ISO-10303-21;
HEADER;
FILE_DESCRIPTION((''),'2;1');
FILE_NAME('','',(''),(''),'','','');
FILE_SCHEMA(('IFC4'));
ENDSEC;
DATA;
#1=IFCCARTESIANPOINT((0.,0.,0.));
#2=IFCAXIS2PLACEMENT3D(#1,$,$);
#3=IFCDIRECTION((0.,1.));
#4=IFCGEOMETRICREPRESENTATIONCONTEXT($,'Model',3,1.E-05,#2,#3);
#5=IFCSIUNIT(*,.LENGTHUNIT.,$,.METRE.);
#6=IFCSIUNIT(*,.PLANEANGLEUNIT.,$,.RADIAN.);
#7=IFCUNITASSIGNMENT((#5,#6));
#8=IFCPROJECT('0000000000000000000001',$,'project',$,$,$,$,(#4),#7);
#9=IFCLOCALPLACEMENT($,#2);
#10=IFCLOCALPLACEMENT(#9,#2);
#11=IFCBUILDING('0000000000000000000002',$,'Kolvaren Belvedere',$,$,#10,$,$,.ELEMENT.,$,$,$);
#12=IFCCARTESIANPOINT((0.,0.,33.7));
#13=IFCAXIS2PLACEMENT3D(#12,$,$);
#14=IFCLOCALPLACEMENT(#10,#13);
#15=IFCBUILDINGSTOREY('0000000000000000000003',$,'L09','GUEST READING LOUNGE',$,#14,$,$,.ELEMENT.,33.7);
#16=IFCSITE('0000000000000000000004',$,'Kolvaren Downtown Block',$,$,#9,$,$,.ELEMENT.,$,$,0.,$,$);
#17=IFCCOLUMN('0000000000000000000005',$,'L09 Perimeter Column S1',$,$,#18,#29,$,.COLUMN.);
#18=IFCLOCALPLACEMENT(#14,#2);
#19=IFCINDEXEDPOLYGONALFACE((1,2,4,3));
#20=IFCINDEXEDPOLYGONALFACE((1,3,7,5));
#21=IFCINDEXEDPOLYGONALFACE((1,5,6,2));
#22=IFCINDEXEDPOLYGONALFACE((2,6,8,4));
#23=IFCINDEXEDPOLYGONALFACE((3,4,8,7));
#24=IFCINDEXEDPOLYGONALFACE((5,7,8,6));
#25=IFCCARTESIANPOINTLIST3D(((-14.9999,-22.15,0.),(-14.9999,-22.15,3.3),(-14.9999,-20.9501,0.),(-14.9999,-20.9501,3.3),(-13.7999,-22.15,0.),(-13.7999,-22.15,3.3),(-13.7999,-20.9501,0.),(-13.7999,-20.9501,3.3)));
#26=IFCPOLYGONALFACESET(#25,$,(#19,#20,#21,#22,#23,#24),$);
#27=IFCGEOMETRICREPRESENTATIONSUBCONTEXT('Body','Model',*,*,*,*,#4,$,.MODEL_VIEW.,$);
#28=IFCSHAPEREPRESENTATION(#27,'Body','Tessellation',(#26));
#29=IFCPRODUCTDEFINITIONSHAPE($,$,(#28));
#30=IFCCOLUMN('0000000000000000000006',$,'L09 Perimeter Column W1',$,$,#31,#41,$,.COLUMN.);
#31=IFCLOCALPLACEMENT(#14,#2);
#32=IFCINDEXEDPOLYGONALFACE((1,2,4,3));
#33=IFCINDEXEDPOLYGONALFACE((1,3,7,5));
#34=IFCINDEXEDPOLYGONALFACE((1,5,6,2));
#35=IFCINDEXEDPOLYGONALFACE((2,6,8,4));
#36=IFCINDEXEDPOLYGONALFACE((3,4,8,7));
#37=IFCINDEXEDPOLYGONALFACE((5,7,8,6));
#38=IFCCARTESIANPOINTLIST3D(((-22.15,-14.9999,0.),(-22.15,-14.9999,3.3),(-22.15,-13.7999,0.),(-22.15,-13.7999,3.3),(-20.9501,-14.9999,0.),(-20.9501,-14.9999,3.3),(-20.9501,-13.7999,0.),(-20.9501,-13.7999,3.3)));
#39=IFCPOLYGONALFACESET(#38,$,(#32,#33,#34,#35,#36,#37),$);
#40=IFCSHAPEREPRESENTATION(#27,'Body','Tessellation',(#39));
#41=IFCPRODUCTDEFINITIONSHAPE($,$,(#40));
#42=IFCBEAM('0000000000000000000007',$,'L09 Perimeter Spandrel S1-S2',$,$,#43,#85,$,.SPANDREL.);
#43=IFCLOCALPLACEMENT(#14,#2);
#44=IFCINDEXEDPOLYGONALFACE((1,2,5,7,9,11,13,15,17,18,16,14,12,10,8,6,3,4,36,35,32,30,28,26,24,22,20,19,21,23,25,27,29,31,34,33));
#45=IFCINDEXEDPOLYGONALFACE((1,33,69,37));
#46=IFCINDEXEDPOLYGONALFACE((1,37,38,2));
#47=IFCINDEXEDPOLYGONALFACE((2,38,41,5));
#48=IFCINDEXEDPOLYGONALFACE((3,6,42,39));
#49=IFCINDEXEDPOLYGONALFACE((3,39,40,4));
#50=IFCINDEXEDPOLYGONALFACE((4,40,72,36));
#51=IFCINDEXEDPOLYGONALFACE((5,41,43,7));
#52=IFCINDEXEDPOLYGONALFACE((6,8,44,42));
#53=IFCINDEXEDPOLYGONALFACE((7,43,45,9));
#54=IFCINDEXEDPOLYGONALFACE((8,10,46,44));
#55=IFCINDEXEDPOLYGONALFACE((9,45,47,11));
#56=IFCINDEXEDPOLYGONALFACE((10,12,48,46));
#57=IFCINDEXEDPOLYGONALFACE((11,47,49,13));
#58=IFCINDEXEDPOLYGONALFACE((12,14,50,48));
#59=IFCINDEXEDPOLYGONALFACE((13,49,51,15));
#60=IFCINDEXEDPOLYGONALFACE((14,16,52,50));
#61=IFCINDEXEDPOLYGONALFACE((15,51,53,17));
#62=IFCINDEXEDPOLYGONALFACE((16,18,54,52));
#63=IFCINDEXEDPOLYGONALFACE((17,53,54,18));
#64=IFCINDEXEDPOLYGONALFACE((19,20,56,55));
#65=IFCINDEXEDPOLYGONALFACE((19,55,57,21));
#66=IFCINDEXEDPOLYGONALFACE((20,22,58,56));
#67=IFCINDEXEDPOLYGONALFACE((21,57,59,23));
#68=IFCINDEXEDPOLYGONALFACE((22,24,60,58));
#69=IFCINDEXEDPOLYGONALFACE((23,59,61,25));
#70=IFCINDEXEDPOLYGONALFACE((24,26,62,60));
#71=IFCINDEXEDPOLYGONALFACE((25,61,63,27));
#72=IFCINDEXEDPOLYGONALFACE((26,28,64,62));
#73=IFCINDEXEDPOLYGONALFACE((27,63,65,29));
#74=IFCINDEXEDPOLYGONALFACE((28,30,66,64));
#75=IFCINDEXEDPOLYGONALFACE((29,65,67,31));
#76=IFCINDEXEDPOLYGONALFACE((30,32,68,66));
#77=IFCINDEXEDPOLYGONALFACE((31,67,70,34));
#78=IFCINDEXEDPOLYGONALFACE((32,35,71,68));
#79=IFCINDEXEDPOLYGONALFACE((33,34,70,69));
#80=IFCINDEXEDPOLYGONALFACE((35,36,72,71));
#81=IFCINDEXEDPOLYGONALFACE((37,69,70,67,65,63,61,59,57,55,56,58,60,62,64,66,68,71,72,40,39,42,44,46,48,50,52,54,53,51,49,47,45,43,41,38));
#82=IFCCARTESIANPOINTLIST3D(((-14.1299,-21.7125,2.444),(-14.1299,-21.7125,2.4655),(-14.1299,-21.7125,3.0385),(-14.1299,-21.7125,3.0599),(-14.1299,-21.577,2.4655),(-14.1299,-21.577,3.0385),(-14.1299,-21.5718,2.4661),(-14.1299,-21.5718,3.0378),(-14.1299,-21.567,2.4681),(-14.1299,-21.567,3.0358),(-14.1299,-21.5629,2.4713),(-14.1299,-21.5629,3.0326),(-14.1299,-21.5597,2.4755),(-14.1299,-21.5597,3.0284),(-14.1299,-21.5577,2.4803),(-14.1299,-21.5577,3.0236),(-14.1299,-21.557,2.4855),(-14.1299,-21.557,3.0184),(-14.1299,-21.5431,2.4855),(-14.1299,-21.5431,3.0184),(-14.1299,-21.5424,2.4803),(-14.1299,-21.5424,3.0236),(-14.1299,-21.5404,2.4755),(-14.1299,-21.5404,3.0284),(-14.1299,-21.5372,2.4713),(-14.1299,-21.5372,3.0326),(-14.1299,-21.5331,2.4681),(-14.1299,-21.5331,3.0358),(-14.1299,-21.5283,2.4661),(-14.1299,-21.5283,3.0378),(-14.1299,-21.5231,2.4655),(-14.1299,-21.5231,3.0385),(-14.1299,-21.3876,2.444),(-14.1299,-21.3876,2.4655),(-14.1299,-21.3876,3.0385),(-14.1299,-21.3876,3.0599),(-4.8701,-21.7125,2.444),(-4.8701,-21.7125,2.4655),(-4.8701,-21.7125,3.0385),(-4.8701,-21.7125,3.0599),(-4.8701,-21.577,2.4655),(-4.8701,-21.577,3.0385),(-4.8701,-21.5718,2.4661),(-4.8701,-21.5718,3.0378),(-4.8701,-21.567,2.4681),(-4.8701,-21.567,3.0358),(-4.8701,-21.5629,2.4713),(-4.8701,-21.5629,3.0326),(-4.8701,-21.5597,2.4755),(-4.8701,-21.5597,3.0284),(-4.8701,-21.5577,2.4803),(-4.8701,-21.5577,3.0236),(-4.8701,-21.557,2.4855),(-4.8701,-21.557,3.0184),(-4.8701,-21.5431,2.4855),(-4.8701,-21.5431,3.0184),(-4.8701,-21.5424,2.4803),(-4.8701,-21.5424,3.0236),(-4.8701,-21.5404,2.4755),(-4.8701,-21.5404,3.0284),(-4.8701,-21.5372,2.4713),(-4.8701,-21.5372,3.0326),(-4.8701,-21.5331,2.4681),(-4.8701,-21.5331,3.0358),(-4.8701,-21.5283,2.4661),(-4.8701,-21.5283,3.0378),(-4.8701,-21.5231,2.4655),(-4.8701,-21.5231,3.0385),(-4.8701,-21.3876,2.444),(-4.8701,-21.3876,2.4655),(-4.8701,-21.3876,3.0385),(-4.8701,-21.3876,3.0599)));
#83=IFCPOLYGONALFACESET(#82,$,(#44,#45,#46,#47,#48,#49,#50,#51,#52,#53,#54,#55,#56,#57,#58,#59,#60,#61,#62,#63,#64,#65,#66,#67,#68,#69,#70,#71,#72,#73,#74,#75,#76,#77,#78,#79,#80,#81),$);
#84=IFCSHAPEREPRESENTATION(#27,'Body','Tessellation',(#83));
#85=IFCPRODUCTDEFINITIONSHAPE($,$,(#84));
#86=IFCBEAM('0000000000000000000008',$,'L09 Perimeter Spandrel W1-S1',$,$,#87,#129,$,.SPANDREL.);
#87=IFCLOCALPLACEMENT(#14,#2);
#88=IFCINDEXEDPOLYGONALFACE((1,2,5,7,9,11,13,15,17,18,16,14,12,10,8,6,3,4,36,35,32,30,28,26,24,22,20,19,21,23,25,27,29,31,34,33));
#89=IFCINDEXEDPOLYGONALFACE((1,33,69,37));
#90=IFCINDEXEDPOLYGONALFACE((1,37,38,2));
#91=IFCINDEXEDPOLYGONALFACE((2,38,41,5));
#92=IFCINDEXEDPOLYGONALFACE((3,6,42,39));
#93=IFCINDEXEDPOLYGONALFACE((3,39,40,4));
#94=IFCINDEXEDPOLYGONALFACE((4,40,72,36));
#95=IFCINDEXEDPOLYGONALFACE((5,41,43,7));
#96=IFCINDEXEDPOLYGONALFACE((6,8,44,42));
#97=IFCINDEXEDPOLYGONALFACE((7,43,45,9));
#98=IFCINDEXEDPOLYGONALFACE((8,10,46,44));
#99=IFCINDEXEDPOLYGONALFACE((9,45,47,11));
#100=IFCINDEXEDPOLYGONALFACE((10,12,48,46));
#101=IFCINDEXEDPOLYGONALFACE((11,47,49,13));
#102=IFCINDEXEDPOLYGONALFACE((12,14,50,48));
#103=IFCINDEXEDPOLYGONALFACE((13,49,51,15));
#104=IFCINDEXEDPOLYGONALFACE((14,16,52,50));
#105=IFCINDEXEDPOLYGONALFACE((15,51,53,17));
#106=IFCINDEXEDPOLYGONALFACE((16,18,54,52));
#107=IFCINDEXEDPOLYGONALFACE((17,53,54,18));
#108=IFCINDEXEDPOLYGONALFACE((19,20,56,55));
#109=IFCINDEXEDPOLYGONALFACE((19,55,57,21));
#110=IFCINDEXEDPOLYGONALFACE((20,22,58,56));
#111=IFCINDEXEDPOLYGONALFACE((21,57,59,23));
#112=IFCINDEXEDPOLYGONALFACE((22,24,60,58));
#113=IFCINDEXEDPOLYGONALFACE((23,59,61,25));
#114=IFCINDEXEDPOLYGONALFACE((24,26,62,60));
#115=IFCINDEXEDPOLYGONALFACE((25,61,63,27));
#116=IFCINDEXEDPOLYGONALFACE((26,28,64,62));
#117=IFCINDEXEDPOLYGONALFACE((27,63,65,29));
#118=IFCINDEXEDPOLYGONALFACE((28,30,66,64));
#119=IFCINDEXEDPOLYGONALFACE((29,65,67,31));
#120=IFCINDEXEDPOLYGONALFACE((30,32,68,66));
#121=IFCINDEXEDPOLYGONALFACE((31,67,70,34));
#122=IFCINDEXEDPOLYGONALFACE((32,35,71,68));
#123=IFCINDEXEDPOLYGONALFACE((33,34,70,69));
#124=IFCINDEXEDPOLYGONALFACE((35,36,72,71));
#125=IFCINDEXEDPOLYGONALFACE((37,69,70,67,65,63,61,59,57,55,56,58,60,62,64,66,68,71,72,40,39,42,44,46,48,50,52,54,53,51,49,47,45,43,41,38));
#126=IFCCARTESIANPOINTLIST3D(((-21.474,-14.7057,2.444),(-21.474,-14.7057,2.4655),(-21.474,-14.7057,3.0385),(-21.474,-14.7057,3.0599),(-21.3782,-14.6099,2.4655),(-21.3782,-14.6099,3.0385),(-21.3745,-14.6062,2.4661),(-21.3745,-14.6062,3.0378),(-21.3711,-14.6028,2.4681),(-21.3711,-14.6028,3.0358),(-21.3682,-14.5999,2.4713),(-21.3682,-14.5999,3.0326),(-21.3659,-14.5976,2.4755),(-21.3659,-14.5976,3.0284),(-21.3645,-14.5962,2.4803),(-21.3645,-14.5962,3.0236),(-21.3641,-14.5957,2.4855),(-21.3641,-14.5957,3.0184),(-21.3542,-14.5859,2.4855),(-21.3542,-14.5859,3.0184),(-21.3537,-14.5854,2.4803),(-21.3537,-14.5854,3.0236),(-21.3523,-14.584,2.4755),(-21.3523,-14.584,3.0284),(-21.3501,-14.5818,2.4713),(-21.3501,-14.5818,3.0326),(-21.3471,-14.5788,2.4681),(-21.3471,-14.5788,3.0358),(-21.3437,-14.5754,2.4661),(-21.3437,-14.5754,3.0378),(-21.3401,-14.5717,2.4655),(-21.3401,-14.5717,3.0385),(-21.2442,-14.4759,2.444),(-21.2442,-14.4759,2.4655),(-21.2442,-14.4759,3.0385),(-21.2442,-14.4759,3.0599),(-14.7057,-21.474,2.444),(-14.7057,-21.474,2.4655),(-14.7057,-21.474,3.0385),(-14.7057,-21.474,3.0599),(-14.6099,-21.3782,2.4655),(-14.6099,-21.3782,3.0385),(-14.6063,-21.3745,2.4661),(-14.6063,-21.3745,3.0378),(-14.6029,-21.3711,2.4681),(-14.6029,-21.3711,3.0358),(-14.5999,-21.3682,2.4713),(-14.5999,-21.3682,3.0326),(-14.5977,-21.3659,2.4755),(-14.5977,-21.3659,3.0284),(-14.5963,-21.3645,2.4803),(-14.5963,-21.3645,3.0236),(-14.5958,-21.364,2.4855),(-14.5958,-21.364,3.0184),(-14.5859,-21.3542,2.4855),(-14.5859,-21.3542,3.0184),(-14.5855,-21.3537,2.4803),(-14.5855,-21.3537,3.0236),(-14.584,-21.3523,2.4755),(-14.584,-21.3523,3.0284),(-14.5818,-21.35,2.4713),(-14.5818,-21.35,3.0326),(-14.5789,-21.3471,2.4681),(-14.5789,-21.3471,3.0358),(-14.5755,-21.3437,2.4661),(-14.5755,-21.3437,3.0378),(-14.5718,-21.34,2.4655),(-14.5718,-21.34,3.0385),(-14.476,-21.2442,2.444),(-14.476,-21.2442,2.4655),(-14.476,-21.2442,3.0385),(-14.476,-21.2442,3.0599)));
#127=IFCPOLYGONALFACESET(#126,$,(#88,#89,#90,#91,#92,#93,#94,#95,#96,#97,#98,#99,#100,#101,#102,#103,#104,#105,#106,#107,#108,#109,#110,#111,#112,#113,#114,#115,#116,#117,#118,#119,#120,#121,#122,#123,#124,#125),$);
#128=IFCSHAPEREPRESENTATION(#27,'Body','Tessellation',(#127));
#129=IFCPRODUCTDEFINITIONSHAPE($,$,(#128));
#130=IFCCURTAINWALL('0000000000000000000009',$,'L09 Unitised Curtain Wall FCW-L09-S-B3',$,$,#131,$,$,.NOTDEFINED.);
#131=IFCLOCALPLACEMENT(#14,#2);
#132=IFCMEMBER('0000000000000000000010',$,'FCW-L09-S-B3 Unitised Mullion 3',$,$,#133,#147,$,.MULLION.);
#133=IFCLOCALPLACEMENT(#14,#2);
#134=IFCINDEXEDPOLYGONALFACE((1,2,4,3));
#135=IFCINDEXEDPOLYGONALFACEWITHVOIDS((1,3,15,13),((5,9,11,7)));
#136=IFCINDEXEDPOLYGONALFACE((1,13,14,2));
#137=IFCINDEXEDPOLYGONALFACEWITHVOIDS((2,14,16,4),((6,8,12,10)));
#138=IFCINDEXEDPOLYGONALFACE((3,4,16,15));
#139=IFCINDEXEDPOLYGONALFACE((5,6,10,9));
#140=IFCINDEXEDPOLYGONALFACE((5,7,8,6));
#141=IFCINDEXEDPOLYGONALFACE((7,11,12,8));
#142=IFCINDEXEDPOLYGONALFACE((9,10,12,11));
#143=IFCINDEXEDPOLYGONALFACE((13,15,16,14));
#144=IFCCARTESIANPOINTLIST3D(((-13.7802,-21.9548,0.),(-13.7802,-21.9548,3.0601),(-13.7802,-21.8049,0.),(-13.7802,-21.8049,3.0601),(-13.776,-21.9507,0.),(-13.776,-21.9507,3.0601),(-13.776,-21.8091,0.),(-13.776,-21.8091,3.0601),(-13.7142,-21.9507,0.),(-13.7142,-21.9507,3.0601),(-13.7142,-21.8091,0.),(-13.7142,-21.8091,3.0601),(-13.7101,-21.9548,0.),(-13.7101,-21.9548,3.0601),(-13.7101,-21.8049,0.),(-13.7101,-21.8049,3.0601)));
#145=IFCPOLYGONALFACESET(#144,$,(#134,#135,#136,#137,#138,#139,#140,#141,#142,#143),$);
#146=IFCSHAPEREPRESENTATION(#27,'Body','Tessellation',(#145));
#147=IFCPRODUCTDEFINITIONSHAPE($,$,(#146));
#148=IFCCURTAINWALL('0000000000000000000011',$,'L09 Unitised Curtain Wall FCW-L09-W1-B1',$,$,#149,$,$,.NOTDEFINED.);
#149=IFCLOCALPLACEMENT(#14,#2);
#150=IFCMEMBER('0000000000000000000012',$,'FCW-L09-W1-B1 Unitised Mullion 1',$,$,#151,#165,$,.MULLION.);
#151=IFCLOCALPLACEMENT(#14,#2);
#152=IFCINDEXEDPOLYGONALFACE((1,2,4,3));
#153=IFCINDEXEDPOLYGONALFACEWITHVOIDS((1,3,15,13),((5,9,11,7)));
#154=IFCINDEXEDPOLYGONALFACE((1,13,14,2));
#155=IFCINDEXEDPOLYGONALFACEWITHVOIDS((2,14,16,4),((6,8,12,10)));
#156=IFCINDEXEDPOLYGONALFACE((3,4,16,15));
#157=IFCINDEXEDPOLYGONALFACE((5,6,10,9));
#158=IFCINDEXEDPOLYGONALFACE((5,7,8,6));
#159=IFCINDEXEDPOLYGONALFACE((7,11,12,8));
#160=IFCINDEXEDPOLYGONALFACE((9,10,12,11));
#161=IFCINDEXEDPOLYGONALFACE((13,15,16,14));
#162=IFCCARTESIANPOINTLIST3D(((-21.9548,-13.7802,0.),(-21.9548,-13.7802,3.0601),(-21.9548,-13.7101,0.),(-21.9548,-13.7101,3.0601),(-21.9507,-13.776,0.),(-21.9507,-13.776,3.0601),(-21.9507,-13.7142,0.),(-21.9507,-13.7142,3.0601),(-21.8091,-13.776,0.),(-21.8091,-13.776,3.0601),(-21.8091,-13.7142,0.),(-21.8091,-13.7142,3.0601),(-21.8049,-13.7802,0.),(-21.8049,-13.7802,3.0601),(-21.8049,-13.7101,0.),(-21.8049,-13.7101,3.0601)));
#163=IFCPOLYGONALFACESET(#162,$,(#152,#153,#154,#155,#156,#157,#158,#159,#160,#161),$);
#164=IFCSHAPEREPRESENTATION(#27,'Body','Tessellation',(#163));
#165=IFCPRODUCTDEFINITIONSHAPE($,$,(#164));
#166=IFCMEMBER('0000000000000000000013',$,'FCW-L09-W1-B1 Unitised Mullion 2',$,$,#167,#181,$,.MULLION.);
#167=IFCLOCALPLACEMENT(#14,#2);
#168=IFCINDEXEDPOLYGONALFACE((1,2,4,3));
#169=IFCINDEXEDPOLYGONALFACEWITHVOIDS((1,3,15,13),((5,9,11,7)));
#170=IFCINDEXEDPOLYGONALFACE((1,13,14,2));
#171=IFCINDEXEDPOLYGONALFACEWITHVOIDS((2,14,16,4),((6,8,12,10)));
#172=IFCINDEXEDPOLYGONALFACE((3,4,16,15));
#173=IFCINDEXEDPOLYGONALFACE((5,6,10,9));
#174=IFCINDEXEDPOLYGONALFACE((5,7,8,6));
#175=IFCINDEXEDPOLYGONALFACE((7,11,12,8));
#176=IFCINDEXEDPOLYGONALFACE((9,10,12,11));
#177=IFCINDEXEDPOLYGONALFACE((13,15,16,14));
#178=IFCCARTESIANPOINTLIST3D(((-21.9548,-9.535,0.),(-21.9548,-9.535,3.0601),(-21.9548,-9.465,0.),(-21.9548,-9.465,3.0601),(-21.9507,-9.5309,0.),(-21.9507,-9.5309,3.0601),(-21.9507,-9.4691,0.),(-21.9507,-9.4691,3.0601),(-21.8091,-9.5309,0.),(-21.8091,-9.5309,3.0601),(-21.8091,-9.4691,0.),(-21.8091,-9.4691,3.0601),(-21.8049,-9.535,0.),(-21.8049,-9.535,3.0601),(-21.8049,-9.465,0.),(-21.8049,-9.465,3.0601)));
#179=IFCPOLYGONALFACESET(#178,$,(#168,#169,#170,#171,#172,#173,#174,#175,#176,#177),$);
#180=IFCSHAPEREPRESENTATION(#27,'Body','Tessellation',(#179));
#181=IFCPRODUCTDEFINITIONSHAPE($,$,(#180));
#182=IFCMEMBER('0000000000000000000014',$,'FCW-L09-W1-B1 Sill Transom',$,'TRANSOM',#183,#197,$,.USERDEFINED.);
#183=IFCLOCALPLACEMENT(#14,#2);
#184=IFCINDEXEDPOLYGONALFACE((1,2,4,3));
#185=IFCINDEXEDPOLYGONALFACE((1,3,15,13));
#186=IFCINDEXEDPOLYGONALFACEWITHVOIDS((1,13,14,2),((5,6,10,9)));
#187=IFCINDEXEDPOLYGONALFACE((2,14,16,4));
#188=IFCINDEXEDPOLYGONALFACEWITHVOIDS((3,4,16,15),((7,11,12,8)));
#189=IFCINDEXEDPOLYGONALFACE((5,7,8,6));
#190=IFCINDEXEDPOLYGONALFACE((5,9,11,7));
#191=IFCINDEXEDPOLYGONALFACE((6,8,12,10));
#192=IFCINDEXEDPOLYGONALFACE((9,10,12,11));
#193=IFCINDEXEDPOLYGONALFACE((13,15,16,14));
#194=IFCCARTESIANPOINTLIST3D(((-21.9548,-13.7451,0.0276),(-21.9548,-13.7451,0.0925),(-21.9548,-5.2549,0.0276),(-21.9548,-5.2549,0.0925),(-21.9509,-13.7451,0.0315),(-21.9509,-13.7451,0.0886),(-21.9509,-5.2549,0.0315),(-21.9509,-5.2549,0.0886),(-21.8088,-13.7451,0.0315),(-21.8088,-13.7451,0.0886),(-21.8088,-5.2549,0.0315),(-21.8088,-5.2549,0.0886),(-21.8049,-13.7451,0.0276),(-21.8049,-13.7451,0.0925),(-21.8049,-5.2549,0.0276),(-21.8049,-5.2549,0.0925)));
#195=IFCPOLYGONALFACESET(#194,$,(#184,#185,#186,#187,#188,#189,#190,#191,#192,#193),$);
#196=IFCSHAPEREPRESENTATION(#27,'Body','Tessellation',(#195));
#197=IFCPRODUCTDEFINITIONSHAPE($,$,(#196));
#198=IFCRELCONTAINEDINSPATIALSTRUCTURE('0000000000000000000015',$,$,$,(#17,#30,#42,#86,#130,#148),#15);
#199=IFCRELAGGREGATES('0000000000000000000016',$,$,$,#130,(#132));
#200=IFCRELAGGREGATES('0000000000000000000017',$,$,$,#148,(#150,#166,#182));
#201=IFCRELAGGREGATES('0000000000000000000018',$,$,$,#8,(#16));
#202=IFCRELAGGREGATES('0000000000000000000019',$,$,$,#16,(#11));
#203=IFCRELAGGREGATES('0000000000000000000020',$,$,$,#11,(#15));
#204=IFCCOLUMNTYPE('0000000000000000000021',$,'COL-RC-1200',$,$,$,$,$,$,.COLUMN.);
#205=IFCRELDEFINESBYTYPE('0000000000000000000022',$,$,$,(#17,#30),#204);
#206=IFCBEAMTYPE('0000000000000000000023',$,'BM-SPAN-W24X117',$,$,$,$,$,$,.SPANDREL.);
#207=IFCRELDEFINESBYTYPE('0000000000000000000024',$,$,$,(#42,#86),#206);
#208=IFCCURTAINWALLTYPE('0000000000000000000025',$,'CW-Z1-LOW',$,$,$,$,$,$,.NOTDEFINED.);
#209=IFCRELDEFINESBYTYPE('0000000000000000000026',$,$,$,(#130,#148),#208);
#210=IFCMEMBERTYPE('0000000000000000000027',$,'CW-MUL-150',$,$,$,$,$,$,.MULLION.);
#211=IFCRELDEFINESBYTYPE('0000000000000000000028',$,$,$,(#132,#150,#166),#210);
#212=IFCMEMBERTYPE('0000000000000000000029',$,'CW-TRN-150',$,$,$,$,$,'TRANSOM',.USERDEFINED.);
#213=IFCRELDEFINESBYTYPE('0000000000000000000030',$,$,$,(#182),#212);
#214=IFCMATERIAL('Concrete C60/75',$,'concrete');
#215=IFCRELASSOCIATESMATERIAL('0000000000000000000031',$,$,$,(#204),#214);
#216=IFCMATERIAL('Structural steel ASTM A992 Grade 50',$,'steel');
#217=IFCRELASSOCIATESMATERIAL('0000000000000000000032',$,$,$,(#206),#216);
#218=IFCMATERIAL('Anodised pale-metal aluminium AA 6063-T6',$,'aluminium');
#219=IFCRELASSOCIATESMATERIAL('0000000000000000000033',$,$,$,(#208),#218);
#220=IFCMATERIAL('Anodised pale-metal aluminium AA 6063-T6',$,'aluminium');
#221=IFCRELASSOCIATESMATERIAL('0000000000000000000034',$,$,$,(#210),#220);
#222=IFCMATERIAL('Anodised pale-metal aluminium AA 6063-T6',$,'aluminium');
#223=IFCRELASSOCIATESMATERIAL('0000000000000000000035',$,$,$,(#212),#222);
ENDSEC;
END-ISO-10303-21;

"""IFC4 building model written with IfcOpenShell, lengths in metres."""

from ifc_helpers import new_model, si_unit, direction, frame, origin, origin_2d, place, context, subcontext, project, spatial, rectangle, hollow_rectangle, i_section, extrude, material, material_profile, profile_set, type_object, element, aggregate, save


model = new_model("IFC4")

# Units and contexts
model_context = context("Model", 3, precision=1e-05, world=origin(), true_north=direction((0.0, 1.0)))
body_context = subcontext(model_context, "Body", "Model", "MODEL_VIEW")
ifc_project = project(units=[si_unit("LENGTHUNIT", "METRE"), si_unit("PLANEANGLEUNIT", "RADIAN")], contexts=[model_context])

# Site, building, storey
site_placement = place(None, origin())
site = spatial("IfcSite", under=ifc_project, at=site_placement, Name="Kolvaren Downtown Block", CompositionType="ELEMENT", RefElevation=0.0)
building_placement = place(site_placement, origin())
building = spatial("IfcBuilding", under=site, at=building_placement, Name="Kolvaren Belvedere", CompositionType="ELEMENT")
storey_placement = place(building_placement, frame((0.0, 0.0, 33.7)))
storey = spatial("IfcBuildingStorey", under=building, at=storey_placement, Name="L09", Description="GUEST READING LOUNGE", CompositionType="ELEMENT", Elevation=33.7)

# Columns
ifc_material_1 = material(Name="Concrete C60/75", Category="concrete")
ifc_material_profile_1 = material_profile(ifc_material_1, rectangle(XDim=1.2, YDim=1.2, at=origin_2d()), Name="RC 1200X1200")
ifc_profile_set_1 = profile_set([ifc_material_profile_1], Name="Concrete C60/75")
column_type = type_object("IfcColumnType", Name="COL-RC-1200", PredefinedType="COLUMN", material=ifc_profile_set_1)
for number, where, z_axis, x_axis, name in (
    (1, (-14.3999, -21.55, 0.0), (0.0, 0.0, 1.0), (1.0, 0.0, 0.0), "L09 Perimeter Column S1"),
    (2, (-21.55, -14.3999, 0.0), (0.0, 0.0, 1.0), (1.0, 0.0, 0.0), "L09 Perimeter Column W1"),
):
    element("IfcColumn", number, at=place(storey_placement, frame(where, z_axis=z_axis, x_axis=x_axis)), inside=storey, type_object=column_type, Name=name, PredefinedType="COLUMN", context=body_context, shape_type="SweptSolid", body=[
        extrude(rectangle(XDim=1.2, YDim=1.2, at=origin_2d()), origin(), (0.0, 0.0, 1.0), 3.3),
    ])

# Beams
ifc_material_2 = material(Name="Structural steel ASTM A992 Grade 50", Category="steel")
ifc_material_profile_2 = material_profile(ifc_material_2, i_section(OverallWidth=0.325, OverallDepth=0.616, WebThickness=0.0139, FlangeThickness=0.0215, FilletRadius=0.02, at=origin_2d()), Name="W24X117")
ifc_profile_set_2 = profile_set([ifc_material_profile_2], Name="Structural steel ASTM A992 Grade 50")
beam_type = type_object("IfcBeamType", Name="BM-SPAN-W24X117", PredefinedType="SPANDREL", material=ifc_profile_set_2)
beam_1_placement = place(storey_placement, frame((-14.1299, -21.55, 2.752), z_axis=(1.0, 0.0, 0.0), x_axis=(0.0, 1.0, 0.0)))
element("IfcBeam", 3, at=beam_1_placement, inside=storey, type_object=beam_type, Name="L09 Perimeter Spandrel S1-S2", PredefinedType="SPANDREL", context=body_context, shape_type="SweptSolid", body=[
    extrude(i_section(OverallWidth=0.325, OverallDepth=0.616, WebThickness=0.0139, FlangeThickness=0.0215, FilletRadius=0.02, at=origin_2d()), origin(), (0.0, 0.0, 1.0), 9.2598),
])
beam_2_placement = place(storey_placement, frame((-21.3591, -14.5908, 2.752), z_axis=(0.707107, -0.707107, 0.0), x_axis=(0.707107, 0.707107, 0.0)))
element("IfcBeam", 4, at=beam_2_placement, inside=storey, type_object=beam_type, Name="L09 Perimeter Spandrel W1-S1", PredefinedType="SPANDREL", context=body_context, shape_type="SweptSolid", body=[
    extrude(i_section(OverallWidth=0.325, OverallDepth=0.616, WebThickness=0.0139, FlangeThickness=0.0215, FilletRadius=0.02, at=origin_2d()), origin(), (0.0, 0.0, 1.0), 9.5718),
])

# Curtain wall, member
ifc_material_3 = material(Name="Anodised pale-metal aluminium AA 6063-T6", Category="aluminium")
curtain_wall_type = type_object("IfcCurtainWallType", Name="CW-Z1-LOW", PredefinedType="NOTDEFINED", material=ifc_material_3)
curtain_wall_1_placement = place(storey_placement, origin())
curtain_wall_1 = element("IfcCurtainWall", 5, at=curtain_wall_1_placement, inside=storey, type_object=curtain_wall_type, Name="L09 Unitised Curtain Wall FCW-L09-S-B3", PredefinedType="NOTDEFINED")
ifc_material_4 = material(Name="Anodised pale-metal aluminium AA 6063-T6", Category="aluminium")
ifc_material_profile_3 = material_profile(ifc_material_4, hollow_rectangle(XDim=0.0701, YDim=0.1499, WallThickness=0.0042, at=origin_2d()), Name="ALU-MUL-150X70")
ifc_profile_set_3 = profile_set([ifc_material_profile_3], Name="Anodised pale-metal aluminium AA 6063-T6")
member_type_1 = type_object("IfcMemberType", Name="CW-MUL-150", PredefinedType="MULLION", material=ifc_profile_set_3)
member_1_placement = place(storey_placement, frame((-13.7451, -21.8799, 0.0), z_axis=(0.0, 0.0, 1.0), x_axis=(1.0, 0.0, 0.0)))
member_1 = element("IfcMember", 6, at=member_1_placement, type_object=member_type_1, Name="FCW-L09-S-B3 Unitised Mullion 3", PredefinedType="MULLION", context=body_context, shape_type="SweptSolid", body=[
    extrude(hollow_rectangle(XDim=0.0701, YDim=0.1499, WallThickness=0.0042, at=origin_2d()), origin(), (0.0, 0.0, 1.0), 3.0601),
])
aggregate(curtain_wall_1, [member_1])

# Curtain wall, members
curtain_wall_2_placement = place(storey_placement, origin())
curtain_wall_2 = element("IfcCurtainWall", 7, at=curtain_wall_2_placement, inside=storey, type_object=curtain_wall_type, Name="L09 Unitised Curtain Wall FCW-L09-W1-B1", PredefinedType="NOTDEFINED")
member_2_placement = place(storey_placement, frame((-21.8799, -13.7451, 0.0), z_axis=(0.0, 0.0, 1.0), x_axis=(0.0, 1.0, 0.0)))
member_2 = element("IfcMember", 8, at=member_2_placement, type_object=member_type_1, Name="FCW-L09-W1-B1 Unitised Mullion 1", PredefinedType="MULLION", context=body_context, shape_type="SweptSolid", body=[
    extrude(hollow_rectangle(XDim=0.0701, YDim=0.1499, WallThickness=0.0042, at=origin_2d()), origin(), (0.0, 0.0, 1.0), 3.0601),
])
member_3_placement = place(storey_placement, frame((-21.8799, -9.5, 0.0), z_axis=(0.0, 0.0, 1.0), x_axis=(0.0, 1.0, 0.0)))
member_3 = element("IfcMember", 9, at=member_3_placement, type_object=member_type_1, Name="FCW-L09-W1-B1 Unitised Mullion 2", PredefinedType="MULLION", context=body_context, shape_type="SweptSolid", body=[
    extrude(hollow_rectangle(XDim=0.0701, YDim=0.1499, WallThickness=0.0042, at=origin_2d()), origin(), (0.0, 0.0, 1.0), 3.0601),
])
ifc_material_5 = material(Name="Anodised pale-metal aluminium AA 6063-T6", Category="aluminium")
ifc_material_profile_4 = material_profile(ifc_material_5, hollow_rectangle(XDim=0.0649, YDim=0.1499, WallThickness=0.0039, at=origin_2d()), Name="ALU-TRN-150X65")
ifc_profile_set_4 = profile_set([ifc_material_profile_4], Name="Anodised pale-metal aluminium AA 6063-T6")
member_type_2 = type_object("IfcMemberType", Name="CW-TRN-150", ElementType="TRANSOM", PredefinedType="USERDEFINED", material=ifc_profile_set_4)
member_4_placement = place(storey_placement, frame((-21.8799, -13.7451, 0.0601), z_axis=(0.0, 1.0, 0.0), x_axis=(0.0, 0.0, 1.0)))
member_4 = element("IfcMember", 10, at=member_4_placement, type_object=member_type_2, Name="FCW-L09-W1-B1 Sill Transom", ObjectType="TRANSOM", PredefinedType="USERDEFINED", context=body_context, shape_type="SweptSolid", body=[
    extrude(hollow_rectangle(XDim=0.0649, YDim=0.1499, WallThickness=0.0039, at=origin_2d()), origin(), (0.0, 0.0, 1.0), 8.4902),
])
aggregate(curtain_wall_2, [member_2, member_3, member_4])

save(model, "model.ifc")
